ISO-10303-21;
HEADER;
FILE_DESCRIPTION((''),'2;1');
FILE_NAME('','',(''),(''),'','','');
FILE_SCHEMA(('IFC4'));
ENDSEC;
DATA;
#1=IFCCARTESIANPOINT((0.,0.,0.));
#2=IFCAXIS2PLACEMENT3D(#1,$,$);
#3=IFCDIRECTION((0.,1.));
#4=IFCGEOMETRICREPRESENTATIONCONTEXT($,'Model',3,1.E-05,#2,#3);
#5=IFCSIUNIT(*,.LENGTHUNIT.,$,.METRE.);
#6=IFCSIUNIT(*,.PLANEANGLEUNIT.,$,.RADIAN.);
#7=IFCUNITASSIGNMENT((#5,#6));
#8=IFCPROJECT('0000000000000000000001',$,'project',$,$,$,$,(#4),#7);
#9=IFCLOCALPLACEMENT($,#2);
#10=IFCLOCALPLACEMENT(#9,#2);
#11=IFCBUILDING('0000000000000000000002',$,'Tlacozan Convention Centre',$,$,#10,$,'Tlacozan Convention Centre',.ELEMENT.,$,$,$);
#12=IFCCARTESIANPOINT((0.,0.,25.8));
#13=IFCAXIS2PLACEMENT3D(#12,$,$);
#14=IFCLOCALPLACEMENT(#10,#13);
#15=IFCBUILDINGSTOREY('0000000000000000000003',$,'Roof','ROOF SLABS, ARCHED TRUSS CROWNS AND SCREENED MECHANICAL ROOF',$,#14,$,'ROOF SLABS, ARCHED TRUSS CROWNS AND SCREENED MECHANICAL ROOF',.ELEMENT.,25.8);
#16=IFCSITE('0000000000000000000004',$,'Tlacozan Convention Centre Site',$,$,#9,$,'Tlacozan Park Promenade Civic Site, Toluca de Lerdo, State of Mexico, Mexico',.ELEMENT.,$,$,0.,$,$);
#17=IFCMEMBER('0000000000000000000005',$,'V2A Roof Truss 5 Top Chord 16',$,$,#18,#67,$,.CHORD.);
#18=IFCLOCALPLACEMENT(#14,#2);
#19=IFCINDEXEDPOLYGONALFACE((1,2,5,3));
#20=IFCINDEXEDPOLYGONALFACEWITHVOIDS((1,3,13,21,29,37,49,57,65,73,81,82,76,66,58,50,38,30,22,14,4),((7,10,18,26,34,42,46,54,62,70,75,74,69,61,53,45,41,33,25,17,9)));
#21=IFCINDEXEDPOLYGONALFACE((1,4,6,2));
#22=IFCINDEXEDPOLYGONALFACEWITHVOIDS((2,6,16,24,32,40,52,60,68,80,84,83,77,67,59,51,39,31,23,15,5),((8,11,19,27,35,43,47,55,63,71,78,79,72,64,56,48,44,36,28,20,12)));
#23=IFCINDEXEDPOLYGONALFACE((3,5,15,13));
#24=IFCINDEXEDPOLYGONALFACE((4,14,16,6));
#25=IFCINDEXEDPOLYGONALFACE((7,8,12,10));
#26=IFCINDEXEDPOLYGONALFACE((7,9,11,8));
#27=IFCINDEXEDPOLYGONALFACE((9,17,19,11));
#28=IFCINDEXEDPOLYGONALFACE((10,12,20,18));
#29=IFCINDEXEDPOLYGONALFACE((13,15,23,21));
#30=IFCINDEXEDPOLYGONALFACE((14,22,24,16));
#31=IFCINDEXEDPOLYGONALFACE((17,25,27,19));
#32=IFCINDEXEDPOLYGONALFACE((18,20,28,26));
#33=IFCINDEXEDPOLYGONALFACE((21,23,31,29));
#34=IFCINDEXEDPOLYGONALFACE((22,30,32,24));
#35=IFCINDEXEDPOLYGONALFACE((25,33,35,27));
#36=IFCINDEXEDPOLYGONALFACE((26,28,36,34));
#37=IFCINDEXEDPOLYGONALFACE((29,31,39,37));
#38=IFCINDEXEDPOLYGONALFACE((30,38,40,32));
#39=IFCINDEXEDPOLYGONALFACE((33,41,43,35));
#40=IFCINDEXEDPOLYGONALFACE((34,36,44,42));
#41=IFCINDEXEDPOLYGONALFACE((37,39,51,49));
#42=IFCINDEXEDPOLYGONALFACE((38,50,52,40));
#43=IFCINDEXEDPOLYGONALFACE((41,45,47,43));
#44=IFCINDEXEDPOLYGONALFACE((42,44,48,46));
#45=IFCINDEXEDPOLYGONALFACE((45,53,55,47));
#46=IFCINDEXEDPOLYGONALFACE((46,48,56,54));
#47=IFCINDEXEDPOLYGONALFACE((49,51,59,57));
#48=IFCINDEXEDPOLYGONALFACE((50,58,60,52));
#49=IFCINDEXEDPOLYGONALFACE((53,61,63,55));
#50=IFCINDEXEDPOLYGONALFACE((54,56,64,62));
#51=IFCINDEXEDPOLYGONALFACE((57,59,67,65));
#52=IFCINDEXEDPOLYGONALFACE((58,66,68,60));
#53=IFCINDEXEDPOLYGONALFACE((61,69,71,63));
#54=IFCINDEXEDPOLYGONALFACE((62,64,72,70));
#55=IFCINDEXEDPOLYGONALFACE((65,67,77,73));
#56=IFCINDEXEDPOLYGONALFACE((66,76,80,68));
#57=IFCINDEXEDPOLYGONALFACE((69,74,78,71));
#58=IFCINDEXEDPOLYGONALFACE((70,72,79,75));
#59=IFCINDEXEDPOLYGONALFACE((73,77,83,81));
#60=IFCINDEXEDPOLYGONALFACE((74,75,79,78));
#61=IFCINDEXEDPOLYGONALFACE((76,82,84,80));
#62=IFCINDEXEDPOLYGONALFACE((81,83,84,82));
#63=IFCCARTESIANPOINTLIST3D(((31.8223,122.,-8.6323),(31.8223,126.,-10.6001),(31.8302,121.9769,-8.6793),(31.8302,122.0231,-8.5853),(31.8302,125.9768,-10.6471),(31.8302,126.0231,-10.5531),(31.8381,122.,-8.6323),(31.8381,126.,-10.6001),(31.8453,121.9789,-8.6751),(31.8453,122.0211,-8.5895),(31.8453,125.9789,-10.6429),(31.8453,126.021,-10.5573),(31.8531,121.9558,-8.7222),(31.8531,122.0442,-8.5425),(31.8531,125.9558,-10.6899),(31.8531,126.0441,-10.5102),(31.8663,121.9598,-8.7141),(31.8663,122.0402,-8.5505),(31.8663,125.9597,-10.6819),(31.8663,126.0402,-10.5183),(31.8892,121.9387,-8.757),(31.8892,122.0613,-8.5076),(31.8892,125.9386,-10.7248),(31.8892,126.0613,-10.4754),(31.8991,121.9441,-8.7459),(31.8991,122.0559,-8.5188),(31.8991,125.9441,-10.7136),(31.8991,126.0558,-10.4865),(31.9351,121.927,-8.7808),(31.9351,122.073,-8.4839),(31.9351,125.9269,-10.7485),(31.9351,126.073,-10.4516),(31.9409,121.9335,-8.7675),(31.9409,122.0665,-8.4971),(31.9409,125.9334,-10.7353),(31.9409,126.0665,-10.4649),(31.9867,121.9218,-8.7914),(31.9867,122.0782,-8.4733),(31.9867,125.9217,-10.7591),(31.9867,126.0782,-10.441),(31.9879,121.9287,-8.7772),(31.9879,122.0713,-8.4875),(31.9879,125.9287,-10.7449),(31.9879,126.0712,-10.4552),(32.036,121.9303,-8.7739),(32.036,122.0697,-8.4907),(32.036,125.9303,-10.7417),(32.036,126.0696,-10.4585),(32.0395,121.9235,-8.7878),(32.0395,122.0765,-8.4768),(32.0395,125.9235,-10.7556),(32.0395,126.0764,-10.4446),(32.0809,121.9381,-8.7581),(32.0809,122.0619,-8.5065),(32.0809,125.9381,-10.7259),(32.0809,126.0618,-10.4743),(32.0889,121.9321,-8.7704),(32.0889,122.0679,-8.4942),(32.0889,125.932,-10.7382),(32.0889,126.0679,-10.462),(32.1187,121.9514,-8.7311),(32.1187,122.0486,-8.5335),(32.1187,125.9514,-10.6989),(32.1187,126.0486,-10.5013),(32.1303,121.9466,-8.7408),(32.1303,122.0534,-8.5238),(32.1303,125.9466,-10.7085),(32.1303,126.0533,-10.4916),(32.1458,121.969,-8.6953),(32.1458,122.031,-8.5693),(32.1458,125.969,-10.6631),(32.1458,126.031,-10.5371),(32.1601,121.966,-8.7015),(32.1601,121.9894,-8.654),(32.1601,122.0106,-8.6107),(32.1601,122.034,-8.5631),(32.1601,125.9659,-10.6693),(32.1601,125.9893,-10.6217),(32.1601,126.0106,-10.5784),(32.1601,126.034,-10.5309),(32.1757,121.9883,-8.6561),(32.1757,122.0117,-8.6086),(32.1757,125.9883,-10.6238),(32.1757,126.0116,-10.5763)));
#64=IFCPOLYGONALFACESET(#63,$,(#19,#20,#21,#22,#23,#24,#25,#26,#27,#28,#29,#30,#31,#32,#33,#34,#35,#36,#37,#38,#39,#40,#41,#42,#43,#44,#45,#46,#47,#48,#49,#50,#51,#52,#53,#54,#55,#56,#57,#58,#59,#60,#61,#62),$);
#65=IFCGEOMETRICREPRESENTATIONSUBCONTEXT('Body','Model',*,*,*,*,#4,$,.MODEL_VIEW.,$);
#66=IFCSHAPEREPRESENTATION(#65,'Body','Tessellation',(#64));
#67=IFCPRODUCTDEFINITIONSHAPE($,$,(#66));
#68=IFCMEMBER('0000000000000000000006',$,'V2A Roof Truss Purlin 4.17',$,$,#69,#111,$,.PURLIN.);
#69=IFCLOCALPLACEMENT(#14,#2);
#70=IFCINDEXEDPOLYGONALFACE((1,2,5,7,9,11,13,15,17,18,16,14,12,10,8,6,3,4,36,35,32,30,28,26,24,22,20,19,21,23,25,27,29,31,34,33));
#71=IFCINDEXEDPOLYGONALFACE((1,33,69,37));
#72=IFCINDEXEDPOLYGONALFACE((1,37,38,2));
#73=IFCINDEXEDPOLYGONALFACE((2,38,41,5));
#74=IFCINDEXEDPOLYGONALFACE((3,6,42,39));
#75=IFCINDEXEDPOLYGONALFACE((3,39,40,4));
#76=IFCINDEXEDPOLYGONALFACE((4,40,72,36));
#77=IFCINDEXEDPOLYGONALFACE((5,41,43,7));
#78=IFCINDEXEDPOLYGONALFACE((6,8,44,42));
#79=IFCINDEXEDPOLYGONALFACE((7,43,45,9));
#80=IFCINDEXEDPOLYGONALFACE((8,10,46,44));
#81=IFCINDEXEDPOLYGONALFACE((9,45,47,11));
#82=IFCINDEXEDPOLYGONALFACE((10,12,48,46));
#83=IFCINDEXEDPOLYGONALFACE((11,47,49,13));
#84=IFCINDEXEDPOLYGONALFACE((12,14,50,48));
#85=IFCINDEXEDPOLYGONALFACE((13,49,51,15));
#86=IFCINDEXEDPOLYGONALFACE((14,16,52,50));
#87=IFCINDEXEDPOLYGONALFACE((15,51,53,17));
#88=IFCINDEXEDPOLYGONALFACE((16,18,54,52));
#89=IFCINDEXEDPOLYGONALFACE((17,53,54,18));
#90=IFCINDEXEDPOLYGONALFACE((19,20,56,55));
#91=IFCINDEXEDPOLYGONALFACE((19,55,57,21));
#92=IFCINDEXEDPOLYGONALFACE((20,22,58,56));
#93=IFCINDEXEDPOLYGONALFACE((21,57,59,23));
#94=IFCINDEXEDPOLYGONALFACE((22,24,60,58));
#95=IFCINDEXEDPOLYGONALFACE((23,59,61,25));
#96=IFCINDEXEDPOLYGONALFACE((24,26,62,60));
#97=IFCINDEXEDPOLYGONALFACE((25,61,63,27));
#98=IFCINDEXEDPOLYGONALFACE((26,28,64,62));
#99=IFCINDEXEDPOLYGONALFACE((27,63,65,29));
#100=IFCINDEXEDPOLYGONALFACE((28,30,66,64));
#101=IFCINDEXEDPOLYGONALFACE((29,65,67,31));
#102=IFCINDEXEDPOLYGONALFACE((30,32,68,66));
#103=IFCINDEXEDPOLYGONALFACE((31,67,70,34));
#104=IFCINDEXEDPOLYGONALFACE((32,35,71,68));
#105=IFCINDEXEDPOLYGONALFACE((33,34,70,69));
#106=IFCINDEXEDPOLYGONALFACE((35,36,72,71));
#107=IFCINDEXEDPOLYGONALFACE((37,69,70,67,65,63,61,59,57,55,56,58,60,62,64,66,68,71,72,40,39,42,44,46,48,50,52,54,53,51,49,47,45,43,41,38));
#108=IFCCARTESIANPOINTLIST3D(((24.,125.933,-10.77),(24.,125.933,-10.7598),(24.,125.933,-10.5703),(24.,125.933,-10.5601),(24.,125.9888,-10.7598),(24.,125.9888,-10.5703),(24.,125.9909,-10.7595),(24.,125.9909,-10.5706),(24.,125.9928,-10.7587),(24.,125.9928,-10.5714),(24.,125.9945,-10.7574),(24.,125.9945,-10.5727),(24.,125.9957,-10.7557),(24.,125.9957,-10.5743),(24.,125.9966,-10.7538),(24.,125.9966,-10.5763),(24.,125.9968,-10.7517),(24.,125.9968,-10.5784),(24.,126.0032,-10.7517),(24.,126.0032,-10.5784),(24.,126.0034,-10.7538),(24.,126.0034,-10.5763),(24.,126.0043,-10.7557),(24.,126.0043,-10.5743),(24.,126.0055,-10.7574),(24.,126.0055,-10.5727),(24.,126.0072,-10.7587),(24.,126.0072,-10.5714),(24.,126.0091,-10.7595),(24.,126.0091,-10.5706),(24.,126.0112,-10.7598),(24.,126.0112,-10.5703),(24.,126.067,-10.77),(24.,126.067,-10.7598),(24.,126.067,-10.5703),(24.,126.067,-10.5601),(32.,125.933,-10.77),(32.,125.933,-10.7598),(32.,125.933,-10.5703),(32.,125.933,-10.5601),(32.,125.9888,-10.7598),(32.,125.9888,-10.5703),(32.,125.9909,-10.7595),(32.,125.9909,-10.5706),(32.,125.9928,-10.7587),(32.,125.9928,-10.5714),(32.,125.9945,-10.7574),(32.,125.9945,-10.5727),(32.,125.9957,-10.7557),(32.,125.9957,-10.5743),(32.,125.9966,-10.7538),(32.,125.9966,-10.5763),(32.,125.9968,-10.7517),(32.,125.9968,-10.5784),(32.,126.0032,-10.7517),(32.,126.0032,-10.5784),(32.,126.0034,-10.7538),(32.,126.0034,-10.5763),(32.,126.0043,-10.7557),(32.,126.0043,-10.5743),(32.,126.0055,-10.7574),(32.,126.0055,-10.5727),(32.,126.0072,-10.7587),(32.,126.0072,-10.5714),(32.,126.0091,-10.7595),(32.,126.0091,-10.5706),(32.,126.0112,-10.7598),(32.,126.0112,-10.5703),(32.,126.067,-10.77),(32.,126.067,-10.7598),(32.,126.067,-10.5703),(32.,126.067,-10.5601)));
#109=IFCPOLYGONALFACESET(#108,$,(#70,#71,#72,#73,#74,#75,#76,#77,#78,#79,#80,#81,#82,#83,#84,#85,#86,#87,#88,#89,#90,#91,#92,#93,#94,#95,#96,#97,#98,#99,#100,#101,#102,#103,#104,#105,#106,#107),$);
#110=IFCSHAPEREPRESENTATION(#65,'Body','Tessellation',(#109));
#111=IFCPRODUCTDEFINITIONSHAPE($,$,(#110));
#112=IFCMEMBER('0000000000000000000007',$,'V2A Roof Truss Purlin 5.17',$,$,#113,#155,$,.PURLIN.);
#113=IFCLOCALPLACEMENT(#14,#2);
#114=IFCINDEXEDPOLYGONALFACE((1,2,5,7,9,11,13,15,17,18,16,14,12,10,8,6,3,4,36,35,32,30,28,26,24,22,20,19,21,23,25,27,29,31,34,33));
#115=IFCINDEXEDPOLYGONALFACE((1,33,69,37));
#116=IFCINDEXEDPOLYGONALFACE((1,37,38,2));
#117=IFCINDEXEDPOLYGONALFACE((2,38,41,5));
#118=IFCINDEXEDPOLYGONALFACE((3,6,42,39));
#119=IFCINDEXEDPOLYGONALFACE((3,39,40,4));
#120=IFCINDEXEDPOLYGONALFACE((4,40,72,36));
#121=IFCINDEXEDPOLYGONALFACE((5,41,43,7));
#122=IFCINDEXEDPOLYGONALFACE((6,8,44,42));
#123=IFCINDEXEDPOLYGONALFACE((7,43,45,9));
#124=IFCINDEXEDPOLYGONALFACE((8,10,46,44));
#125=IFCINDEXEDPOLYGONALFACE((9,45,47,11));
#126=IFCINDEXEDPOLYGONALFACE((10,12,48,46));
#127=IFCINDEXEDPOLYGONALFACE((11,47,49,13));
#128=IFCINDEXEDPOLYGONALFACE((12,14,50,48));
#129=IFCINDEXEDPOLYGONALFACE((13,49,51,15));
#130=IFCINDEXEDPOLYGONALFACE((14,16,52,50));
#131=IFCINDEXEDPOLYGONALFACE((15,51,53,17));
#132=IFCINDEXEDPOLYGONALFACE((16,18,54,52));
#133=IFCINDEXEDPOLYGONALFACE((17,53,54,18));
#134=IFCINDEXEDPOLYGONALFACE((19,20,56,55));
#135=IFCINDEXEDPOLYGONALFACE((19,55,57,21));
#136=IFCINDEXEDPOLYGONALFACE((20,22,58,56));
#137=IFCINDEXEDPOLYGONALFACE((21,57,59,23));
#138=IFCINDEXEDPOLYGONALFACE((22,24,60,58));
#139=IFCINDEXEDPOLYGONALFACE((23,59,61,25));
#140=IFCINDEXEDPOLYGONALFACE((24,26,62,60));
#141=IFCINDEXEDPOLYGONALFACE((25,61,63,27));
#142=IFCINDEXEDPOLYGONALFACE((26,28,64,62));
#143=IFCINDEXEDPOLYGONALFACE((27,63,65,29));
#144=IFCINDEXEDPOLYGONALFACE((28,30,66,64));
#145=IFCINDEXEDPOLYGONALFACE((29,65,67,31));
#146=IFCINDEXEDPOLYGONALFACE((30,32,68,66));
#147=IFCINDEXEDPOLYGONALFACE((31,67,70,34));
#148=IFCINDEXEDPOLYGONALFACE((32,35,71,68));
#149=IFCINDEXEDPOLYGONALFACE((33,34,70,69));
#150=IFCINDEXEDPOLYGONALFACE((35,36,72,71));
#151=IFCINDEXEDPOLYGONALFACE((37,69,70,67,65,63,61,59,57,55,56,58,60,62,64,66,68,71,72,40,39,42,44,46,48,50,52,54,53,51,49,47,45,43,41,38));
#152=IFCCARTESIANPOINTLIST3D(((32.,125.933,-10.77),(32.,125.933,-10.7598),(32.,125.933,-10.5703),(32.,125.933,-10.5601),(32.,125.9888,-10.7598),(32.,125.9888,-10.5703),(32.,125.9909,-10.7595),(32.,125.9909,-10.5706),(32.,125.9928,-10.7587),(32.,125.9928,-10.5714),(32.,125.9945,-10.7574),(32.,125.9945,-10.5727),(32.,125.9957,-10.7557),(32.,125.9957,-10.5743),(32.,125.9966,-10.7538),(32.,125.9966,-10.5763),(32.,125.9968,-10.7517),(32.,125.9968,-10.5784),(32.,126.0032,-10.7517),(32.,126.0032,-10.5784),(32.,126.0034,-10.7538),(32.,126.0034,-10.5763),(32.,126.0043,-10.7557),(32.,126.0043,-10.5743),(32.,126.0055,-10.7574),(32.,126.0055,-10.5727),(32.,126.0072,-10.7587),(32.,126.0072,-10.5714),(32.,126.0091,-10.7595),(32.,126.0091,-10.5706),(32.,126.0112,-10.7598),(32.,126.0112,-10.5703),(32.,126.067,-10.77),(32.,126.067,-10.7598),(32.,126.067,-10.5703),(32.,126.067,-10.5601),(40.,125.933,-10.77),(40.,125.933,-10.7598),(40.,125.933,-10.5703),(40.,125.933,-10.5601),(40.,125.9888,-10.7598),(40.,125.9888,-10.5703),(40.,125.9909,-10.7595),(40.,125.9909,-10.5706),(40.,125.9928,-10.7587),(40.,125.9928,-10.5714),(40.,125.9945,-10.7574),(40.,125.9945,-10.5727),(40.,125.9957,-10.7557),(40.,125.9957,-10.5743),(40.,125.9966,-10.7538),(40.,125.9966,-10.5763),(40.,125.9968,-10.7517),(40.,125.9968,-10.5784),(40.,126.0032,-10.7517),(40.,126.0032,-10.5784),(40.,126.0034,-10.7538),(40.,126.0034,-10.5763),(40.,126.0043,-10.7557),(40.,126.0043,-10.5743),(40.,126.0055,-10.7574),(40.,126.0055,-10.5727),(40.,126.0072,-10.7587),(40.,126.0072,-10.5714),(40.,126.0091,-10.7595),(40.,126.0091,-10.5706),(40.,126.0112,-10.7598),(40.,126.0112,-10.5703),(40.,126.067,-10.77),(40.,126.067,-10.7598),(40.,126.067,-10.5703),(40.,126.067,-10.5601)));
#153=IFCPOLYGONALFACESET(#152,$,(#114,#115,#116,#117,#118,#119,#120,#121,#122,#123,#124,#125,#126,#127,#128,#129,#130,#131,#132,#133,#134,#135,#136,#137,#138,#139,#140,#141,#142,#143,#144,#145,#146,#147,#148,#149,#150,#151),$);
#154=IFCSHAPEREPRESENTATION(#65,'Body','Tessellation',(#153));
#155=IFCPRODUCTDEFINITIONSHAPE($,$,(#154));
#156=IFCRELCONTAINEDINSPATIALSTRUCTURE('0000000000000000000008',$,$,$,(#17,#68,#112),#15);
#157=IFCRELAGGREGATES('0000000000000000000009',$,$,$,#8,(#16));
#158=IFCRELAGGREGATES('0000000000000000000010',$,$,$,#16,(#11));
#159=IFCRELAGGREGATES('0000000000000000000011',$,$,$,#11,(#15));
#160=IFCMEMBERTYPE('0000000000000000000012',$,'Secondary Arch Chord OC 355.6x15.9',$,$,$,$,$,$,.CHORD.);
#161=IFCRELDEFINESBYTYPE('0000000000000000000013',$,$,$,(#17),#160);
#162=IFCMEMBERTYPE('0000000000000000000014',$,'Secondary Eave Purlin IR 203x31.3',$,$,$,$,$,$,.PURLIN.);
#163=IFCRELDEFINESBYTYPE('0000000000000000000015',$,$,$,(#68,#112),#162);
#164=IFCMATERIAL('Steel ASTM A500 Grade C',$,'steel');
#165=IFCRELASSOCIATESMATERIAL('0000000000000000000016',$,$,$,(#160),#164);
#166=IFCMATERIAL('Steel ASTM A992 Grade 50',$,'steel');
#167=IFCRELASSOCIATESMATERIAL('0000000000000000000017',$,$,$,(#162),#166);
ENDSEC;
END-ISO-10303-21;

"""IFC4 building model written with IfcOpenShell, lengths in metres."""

from ifc_helpers import new_model, si_unit, direction, frame, origin, origin_2d, place, context, subcontext, project, spatial, hollow_circle, i_section, extrude, material, material_profile, profile_set, type_object, element, save


model = new_model("IFC4")

# Units and contexts
model_context = context("Model", 3, precision=1e-05, world=origin(), true_north=direction((0.0, 1.0)))
body_context = subcontext(model_context, "Body", "Model", "MODEL_VIEW")
ifc_project = project(units=[si_unit("LENGTHUNIT", "METRE"), si_unit("PLANEANGLEUNIT", "RADIAN")], contexts=[model_context])

# Site, building, storey
site_placement = place(None, origin())
site = spatial("IfcSite", under=ifc_project, at=site_placement, Name="Tlacozan Convention Centre Site", LongName="Tlacozan Park Promenade Civic Site, Toluca de Lerdo, State of Mexico, Mexico", CompositionType="ELEMENT", RefElevation=0.0)
building_placement = place(site_placement, origin())
building = spatial("IfcBuilding", under=site, at=building_placement, Name="Tlacozan Convention Centre", LongName="Tlacozan Convention Centre", CompositionType="ELEMENT")
storey_placement = place(building_placement, frame((0.0, 0.0, 25.8)))
storey = spatial("IfcBuildingStorey", under=building, at=storey_placement, Name="Roof", Description="ROOF SLABS, ARCHED TRUSS CROWNS AND SCREENED MECHANICAL ROOF", LongName="ROOF SLABS, ARCHED TRUSS CROWNS AND SCREENED MECHANICAL ROOF", CompositionType="ELEMENT", Elevation=25.8)

# Members
ifc_material_1 = material(Name="Steel ASTM A500 Grade C", Category="steel")
ifc_material_2 = material(Name="Steel ASTM A992 Grade 50", Category="steel")
ifc_material_profile_1 = material_profile(ifc_material_1, hollow_circle(Radius=0.1777, WallThickness=0.0159, at=origin_2d()), Name="OC 355.6x15.9")
ifc_profile_set_1 = profile_set([ifc_material_profile_1], Name="Steel ASTM A500 Grade C")
member_type_1 = type_object("IfcMemberType", Name="Secondary Arch Chord OC 355.6x15.9", PredefinedType="CHORD", material=ifc_profile_set_1)
member_1_placement = place(storey_placement, frame((32.0, 122.0, -8.6323), z_axis=(0.0, 0.8973, -0.441421), x_axis=(-1.0, 0.0, 0.0)))
element("IfcMember", 1, at=member_1_placement, inside=storey, type_object=member_type_1, Name="V2A Roof Truss 5 Top Chord 16", PredefinedType="CHORD", context=body_context, shape_type="SweptSolid", body=[
    extrude(hollow_circle(Radius=0.1777, WallThickness=0.0159, at=origin_2d()), origin(), (0.0, 0.0, 1.0), 4.4578),
])
ifc_material_profile_2 = material_profile(ifc_material_2, i_section(OverallWidth=0.134, OverallDepth=0.21, WebThickness=0.0063, FlangeThickness=0.0103, FilletRadius=0.0081, at=origin_2d()), Name="IR 203x31.3")
ifc_profile_set_2 = profile_set([ifc_material_profile_2], Name="Steel ASTM A992 Grade 50")
member_type_2 = type_object("IfcMemberType", Name="Secondary Eave Purlin IR 203x31.3", PredefinedType="PURLIN", material=ifc_profile_set_2)
for number, where, z_axis, x_axis, name in (
    (2, (24.0, 126.0, -10.665), (1.0, 0.0, 0.0), (0.0, 1.0, 0.0), "V2A Roof Truss Purlin 4.17"),
    (3, (32.0, 126.0, -10.665), (1.0, 0.0, 0.0), (0.0, 1.0, 0.0), "V2A Roof Truss Purlin 5.17"),
):
    element("IfcMember", number, at=place(storey_placement, frame(where, z_axis=z_axis, x_axis=x_axis)), inside=storey, type_object=member_type_2, Name=name, PredefinedType="PURLIN", context=body_context, shape_type="SweptSolid", body=[
        extrude(i_section(OverallWidth=0.134, OverallDepth=0.21, WebThickness=0.0063, FlangeThickness=0.0103, FilletRadius=0.0081, at=origin_2d()), origin(), (0.0, 0.0, 1.0), 8.0),
    ])

save(model, "model.ifc")
